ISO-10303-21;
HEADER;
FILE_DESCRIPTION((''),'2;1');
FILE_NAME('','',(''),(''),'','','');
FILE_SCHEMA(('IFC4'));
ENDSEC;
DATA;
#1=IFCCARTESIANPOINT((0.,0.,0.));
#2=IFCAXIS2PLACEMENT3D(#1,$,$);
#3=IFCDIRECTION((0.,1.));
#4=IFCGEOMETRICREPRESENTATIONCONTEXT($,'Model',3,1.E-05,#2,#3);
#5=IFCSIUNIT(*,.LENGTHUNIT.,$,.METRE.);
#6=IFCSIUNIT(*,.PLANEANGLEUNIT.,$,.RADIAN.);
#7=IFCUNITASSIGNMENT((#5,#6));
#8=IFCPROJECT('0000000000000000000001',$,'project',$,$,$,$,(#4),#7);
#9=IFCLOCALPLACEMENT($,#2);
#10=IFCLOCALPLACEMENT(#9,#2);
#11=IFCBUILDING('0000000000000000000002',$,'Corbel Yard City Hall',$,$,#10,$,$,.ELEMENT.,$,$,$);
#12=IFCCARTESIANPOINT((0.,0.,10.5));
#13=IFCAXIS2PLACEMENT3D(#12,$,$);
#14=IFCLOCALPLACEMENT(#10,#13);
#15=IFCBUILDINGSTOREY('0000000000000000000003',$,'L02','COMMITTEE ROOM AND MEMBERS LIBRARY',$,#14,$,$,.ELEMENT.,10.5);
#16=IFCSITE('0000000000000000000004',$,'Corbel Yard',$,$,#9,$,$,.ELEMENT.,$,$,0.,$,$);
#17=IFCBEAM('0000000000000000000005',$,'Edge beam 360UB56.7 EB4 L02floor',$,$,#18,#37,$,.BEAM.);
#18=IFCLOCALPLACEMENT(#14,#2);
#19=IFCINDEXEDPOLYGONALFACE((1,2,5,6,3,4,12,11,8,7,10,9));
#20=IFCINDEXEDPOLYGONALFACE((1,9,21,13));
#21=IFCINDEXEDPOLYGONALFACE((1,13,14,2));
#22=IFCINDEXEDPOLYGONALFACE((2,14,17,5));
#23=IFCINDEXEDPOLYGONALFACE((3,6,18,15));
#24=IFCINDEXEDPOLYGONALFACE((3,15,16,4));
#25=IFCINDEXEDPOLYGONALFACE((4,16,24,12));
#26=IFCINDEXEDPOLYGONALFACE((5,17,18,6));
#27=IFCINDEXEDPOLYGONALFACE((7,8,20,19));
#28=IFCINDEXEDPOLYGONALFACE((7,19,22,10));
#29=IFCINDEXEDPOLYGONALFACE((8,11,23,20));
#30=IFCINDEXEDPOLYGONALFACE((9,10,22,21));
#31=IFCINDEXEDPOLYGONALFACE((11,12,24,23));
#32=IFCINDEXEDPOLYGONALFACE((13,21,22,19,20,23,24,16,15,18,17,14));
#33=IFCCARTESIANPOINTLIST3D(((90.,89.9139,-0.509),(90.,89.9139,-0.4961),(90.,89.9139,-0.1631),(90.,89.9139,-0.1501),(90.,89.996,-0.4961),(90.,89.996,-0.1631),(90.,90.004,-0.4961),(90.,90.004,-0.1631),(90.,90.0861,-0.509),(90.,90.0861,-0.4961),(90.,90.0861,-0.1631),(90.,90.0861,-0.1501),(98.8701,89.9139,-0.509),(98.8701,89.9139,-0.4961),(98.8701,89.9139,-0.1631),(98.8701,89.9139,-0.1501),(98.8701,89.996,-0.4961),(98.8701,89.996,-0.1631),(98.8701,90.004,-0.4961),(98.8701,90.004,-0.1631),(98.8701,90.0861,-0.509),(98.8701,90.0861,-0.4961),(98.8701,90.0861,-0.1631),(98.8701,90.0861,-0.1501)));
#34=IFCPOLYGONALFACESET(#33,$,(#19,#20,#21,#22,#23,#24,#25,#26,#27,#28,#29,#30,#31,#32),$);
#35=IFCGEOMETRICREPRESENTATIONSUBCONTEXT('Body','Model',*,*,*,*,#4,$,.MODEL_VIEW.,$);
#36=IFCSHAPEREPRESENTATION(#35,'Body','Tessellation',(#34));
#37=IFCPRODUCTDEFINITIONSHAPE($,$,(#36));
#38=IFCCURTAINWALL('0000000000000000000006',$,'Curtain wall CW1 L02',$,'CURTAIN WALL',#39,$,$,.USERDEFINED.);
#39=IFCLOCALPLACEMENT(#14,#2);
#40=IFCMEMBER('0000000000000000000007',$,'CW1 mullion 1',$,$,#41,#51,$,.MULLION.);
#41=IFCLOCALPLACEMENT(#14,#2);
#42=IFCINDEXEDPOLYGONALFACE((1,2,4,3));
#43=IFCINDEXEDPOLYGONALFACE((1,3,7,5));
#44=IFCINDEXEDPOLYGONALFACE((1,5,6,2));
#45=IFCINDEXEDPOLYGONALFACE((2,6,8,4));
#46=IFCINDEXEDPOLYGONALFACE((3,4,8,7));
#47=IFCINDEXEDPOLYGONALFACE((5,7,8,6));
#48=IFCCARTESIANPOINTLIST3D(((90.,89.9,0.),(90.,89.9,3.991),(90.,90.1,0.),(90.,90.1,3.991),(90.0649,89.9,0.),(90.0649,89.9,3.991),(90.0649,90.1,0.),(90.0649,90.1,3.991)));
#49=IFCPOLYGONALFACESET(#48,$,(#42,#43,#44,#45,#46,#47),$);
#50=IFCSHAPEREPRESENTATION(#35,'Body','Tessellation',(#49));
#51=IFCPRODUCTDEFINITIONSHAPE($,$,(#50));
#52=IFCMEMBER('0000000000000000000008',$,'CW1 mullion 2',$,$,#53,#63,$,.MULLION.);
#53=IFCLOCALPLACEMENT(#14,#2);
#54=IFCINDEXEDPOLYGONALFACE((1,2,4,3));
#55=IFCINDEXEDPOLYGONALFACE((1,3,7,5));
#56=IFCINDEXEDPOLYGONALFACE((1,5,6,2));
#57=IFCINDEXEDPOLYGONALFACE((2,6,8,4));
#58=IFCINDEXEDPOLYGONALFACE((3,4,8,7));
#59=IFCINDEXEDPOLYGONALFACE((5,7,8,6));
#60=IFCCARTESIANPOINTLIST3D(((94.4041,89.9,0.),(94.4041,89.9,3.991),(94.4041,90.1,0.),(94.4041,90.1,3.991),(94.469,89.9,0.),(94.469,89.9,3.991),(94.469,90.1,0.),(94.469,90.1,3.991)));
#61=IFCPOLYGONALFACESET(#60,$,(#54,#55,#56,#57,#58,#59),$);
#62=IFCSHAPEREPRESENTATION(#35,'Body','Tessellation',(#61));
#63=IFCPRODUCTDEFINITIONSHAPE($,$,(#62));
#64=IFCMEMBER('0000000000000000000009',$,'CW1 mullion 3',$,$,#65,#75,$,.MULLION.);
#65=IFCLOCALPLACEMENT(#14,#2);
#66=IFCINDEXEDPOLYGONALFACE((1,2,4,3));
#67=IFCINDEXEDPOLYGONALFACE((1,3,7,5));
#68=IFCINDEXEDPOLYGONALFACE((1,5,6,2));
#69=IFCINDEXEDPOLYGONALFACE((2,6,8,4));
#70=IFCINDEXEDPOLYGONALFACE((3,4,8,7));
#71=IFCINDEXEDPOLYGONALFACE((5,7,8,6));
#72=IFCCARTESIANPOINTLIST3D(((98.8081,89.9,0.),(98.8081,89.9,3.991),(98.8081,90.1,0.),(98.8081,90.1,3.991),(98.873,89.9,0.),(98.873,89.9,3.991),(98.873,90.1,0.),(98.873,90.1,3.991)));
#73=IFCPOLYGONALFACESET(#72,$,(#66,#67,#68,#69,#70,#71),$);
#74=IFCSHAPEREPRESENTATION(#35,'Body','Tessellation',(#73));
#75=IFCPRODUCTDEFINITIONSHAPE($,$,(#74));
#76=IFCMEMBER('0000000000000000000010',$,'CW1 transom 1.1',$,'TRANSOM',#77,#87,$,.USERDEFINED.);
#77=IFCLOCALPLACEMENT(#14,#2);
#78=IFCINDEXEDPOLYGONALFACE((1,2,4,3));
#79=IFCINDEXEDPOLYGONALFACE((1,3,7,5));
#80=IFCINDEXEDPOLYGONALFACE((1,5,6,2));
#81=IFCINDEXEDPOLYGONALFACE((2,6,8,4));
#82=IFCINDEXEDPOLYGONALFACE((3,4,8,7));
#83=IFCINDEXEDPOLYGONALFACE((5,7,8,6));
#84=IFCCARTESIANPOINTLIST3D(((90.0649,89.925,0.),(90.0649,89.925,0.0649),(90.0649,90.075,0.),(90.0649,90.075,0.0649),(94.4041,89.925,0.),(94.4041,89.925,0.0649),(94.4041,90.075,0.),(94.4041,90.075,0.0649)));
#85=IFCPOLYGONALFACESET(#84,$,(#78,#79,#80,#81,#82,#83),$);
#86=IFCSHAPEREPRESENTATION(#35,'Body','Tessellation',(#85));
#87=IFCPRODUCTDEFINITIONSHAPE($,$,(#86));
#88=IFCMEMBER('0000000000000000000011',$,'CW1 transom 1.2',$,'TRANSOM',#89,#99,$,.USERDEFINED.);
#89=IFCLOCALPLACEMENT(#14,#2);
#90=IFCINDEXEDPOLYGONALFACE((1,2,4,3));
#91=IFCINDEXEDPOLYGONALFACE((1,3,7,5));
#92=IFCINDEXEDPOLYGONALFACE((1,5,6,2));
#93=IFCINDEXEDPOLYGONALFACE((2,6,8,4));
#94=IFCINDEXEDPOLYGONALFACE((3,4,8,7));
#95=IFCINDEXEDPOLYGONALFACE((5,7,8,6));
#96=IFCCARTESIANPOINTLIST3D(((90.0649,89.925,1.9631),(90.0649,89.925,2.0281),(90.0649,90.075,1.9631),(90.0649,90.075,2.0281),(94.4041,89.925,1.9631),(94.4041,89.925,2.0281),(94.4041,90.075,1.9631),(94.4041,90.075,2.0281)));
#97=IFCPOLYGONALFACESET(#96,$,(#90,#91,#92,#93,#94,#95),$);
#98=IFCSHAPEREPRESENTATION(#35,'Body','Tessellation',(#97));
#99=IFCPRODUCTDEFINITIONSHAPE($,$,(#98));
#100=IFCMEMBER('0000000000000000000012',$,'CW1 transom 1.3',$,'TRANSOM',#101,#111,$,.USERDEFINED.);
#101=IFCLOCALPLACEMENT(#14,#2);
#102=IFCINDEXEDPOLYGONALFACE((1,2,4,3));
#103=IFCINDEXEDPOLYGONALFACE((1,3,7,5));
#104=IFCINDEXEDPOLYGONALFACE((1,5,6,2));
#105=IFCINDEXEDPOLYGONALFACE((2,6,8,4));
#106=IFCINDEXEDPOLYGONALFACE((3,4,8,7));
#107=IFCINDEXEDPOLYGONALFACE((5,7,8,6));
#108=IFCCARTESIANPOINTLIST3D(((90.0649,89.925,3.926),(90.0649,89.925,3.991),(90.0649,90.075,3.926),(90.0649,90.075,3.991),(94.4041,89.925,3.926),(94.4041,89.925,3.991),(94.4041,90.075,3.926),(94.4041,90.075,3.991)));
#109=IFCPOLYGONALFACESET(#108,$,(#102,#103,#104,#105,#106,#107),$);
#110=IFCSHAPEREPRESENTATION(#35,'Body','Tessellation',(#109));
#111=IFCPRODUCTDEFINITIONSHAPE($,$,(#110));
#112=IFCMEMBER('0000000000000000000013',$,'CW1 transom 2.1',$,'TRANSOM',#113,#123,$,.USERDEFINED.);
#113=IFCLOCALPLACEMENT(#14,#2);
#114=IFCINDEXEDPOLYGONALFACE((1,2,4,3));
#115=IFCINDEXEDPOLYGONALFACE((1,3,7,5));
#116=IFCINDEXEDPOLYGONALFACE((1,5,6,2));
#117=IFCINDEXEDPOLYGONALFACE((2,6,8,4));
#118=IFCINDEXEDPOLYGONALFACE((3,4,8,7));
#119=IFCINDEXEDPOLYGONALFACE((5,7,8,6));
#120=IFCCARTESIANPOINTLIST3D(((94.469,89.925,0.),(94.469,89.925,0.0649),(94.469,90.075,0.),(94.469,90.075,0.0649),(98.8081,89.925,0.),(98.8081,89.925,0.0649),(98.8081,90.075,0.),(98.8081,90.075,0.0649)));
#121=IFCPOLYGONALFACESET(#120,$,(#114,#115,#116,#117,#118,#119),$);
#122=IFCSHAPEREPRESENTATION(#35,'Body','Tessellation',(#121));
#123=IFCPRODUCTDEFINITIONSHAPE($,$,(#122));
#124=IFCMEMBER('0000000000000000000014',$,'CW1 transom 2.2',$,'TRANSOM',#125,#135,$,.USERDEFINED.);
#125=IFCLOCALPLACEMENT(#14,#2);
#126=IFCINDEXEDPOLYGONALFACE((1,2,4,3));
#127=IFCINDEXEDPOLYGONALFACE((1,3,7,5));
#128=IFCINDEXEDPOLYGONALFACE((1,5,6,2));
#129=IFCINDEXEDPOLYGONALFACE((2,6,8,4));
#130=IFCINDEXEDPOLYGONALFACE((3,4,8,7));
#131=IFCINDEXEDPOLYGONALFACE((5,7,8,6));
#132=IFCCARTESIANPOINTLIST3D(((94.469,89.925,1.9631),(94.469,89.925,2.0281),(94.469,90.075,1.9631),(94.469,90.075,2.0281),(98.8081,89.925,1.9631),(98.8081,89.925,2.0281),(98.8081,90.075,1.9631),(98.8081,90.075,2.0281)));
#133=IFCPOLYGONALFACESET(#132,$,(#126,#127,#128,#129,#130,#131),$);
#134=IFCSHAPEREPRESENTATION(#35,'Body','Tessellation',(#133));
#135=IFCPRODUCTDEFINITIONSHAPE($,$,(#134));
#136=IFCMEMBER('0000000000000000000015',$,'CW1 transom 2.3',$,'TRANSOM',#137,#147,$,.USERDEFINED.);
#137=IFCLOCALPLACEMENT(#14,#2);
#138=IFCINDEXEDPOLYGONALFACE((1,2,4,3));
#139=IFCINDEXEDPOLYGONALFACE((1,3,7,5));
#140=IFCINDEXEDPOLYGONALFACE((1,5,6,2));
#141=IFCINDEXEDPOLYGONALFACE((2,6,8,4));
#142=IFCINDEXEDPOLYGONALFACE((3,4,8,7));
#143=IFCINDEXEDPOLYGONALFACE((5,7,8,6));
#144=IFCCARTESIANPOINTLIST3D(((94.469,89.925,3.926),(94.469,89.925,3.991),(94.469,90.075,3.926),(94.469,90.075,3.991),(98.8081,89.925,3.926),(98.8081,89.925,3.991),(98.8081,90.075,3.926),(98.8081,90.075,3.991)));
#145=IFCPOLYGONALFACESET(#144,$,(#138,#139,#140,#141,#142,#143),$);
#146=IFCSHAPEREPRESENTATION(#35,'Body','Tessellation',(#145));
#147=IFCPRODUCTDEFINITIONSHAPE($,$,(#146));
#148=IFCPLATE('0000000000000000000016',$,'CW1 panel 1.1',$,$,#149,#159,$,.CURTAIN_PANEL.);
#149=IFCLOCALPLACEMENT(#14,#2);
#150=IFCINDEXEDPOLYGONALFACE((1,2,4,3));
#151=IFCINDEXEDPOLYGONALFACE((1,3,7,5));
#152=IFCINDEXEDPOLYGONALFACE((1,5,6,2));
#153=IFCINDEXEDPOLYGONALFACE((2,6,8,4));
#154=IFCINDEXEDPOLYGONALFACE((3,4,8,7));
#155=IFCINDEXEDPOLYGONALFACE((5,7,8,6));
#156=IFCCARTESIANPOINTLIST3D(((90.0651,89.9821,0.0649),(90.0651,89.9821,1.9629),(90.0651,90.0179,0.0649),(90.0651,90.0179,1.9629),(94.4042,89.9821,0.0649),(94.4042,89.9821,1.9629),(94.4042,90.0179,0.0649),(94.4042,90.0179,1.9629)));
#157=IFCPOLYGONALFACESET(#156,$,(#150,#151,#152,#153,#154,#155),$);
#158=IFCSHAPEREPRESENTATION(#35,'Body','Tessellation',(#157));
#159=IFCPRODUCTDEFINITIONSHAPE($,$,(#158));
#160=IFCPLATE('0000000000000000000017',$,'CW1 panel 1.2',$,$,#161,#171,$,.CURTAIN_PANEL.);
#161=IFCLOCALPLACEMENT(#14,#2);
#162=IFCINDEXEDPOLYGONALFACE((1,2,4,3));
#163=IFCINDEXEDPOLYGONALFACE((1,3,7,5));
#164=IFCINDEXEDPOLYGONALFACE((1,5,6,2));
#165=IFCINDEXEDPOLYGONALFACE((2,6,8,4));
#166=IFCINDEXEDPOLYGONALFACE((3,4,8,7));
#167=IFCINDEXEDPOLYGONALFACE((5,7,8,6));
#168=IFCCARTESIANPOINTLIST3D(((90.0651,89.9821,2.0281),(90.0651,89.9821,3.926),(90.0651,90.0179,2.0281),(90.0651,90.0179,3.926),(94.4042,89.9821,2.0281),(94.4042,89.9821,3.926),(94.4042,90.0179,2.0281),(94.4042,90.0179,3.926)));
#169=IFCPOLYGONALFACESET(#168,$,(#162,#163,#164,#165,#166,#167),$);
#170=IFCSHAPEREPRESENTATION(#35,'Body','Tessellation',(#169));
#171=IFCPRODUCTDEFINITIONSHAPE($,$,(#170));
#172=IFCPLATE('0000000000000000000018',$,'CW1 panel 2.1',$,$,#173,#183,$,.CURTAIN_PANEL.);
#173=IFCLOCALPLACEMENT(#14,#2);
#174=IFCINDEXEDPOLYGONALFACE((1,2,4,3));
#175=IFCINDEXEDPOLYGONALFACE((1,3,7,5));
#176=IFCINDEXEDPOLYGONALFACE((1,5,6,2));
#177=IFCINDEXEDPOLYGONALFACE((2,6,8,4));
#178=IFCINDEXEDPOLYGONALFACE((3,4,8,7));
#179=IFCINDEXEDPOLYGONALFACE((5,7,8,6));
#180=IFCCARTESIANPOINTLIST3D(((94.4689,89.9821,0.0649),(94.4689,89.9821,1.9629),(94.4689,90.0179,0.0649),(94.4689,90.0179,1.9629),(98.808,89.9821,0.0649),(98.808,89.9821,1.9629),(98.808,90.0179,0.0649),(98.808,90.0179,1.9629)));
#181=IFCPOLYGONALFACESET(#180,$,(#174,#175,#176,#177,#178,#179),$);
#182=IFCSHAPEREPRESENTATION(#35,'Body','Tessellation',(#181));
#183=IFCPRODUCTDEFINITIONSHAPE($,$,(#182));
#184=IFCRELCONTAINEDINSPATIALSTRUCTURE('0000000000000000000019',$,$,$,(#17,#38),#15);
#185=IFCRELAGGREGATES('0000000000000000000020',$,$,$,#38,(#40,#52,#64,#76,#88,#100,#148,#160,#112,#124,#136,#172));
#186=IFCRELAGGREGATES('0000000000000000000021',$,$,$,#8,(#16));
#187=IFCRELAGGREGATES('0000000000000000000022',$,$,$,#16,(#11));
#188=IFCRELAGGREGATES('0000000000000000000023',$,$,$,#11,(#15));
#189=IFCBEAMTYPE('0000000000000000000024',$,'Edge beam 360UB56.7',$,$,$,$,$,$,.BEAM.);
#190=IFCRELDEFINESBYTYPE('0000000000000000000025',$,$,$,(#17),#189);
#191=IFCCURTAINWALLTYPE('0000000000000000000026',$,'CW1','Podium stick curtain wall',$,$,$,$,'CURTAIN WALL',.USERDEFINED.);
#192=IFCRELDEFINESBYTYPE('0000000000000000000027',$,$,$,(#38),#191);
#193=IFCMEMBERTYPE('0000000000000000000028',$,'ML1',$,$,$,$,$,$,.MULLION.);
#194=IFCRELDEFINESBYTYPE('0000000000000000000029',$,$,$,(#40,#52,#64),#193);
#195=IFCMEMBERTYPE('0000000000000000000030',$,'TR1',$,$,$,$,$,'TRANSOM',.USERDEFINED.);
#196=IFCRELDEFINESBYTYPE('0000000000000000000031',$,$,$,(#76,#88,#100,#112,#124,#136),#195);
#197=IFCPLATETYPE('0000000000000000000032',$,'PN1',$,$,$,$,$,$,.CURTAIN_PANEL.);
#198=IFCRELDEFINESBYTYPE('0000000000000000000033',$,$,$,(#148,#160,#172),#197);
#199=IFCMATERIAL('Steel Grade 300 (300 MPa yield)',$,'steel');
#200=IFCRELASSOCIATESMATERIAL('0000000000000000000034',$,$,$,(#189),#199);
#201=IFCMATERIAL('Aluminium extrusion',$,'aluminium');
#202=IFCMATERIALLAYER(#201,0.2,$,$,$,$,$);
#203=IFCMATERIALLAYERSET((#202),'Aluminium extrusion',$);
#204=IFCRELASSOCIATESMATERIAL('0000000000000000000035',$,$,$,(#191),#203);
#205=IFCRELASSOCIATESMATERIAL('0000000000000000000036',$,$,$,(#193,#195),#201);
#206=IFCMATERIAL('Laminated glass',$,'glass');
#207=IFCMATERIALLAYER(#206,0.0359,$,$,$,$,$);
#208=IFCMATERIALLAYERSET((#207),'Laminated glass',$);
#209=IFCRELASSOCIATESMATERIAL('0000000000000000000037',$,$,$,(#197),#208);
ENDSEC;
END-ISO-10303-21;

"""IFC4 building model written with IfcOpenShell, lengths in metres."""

from ifc_helpers import new_model, si_unit, direction, frame, origin, origin_2d, place, context, subcontext, project, spatial, rectangle, i_section, extrude, material, layer, layer_set, material_profile, profile_set, type_object, element, aggregate, save


model = new_model("IFC4")

# Units and contexts
model_context = context("Model", 3, precision=1e-05, world=origin(), true_north=direction((0.0, 1.0)))
body_context = subcontext(model_context, "Body", "Model", "MODEL_VIEW")
ifc_project = project(units=[si_unit("LENGTHUNIT", "METRE"), si_unit("PLANEANGLEUNIT", "RADIAN")], contexts=[model_context])

# Site, building, storey
site_placement = place(None, origin())
site = spatial("IfcSite", under=ifc_project, at=site_placement, Name="Corbel Yard", CompositionType="ELEMENT", RefElevation=0.0)
building_placement = place(site_placement, origin())
building = spatial("IfcBuilding", under=site, at=building_placement, Name="Corbel Yard City Hall", CompositionType="ELEMENT")
storey_placement = place(building_placement, frame((0.0, 0.0, 10.5)))
storey = spatial("IfcBuildingStorey", under=building, at=storey_placement, Name="L02", Description="COMMITTEE ROOM AND MEMBERS LIBRARY", CompositionType="ELEMENT", Elevation=10.5)

# Beam
ifc_material_1 = material(Name="Steel Grade 300 (300 MPa yield)", Category="steel")
ifc_material_profile_1 = material_profile(ifc_material_1, i_section(OverallWidth=0.1721, OverallDepth=0.3589, WebThickness=0.0081, FlangeThickness=0.0129, at=origin_2d()), Name="360UB56.7")
ifc_profile_set_1 = profile_set([ifc_material_profile_1], Name="Steel Grade 300 (300 MPa yield)")
beam_type = type_object("IfcBeamType", Name="Edge beam 360UB56.7", PredefinedType="BEAM", material=ifc_profile_set_1)
beam_placement = place(storey_placement, frame((90.0, 90.0, -0.3296), z_axis=(1.0, 0.0, 0.0), x_axis=(0.0, 1.0, 0.0)))
element("IfcBeam", 1, at=beam_placement, inside=storey, type_object=beam_type, Name="Edge beam 360UB56.7 EB4 L02floor", PredefinedType="BEAM", context=body_context, shape_type="SweptSolid", body=[
    extrude(i_section(OverallWidth=0.1721, OverallDepth=0.3589, WebThickness=0.0081, FlangeThickness=0.0129, at=origin_2d()), origin(), (0.0, 0.0, 1.0), 8.8701),
])

# Curtain wall, members, plates
ifc_material_2 = material(Name="Aluminium extrusion", Category="aluminium")
ifc_layer_1 = layer(ifc_material_2, 0.2)
ifc_layer_set_1 = layer_set([ifc_layer_1], Name="Aluminium extrusion")
curtain_wall_type = type_object("IfcCurtainWallType", Name="CW1", Description="Podium stick curtain wall", ElementType="CURTAIN WALL", PredefinedType="USERDEFINED", material=ifc_layer_set_1)
curtain_wall_placement = place(storey_placement, origin())
curtain_wall = element("IfcCurtainWall", 2, at=curtain_wall_placement, inside=storey, type_object=curtain_wall_type, Name="Curtain wall CW1 L02", ObjectType="CURTAIN WALL", PredefinedType="USERDEFINED")
ifc_material_profile_2 = material_profile(ifc_material_2, rectangle(XDim=0.2, YDim=0.0649, at=origin_2d()), Name="200x65")
ifc_profile_set_2 = profile_set([ifc_material_profile_2], Name="Aluminium extrusion")
member_type_1 = type_object("IfcMemberType", Name="ML1", PredefinedType="MULLION", material=ifc_profile_set_2)
member_1_placement = place(storey_placement, frame((90.0325, 90.0, 0.0), z_axis=(0.0, 0.0, 1.0), x_axis=(0.0, 1.0, 0.0)))
member_1 = element("IfcMember", 3, at=member_1_placement, type_object=member_type_1, Name="CW1 mullion 1", PredefinedType="MULLION", context=body_context, shape_type="SweptSolid", body=[
    extrude(rectangle(XDim=0.2, YDim=0.0649, at=origin_2d()), origin(), (0.0, 0.0, 1.0), 3.991),
])
member_2_placement = place(storey_placement, frame((94.4365, 90.0, 0.0), z_axis=(0.0, 0.0, 1.0), x_axis=(0.0, 1.0, 0.0)))
member_2 = element("IfcMember", 4, at=member_2_placement, type_object=member_type_1, Name="CW1 mullion 2", PredefinedType="MULLION", context=body_context, shape_type="SweptSolid", body=[
    extrude(rectangle(XDim=0.2, YDim=0.0649, at=origin_2d()), origin(), (0.0, 0.0, 1.0), 3.991),
])
member_3_placement = place(storey_placement, frame((98.8406, 90.0, 0.0), z_axis=(0.0, 0.0, 1.0), x_axis=(0.0, 1.0, 0.0)))
member_3 = element("IfcMember", 5, at=member_3_placement, type_object=member_type_1, Name="CW1 mullion 3", PredefinedType="MULLION", context=body_context, shape_type="SweptSolid", body=[
    extrude(rectangle(XDim=0.2, YDim=0.0649, at=origin_2d()), origin(), (0.0, 0.0, 1.0), 3.991),
])
ifc_material_profile_3 = material_profile(ifc_material_2, rectangle(XDim=0.1499, YDim=0.0649, at=origin_2d()), Name="150x65")
ifc_profile_set_3 = profile_set([ifc_material_profile_3], Name="Aluminium extrusion")
member_type_2 = type_object("IfcMemberType", Name="TR1", ElementType="TRANSOM", PredefinedType="USERDEFINED", material=ifc_profile_set_3)
member_4_placement = place(storey_placement, frame((90.0649, 90.0, 0.0325), z_axis=(1.0, 0.0, 0.0), x_axis=(0.0, 1.0, 0.0)))
member_4 = element("IfcMember", 6, at=member_4_placement, type_object=member_type_2, Name="CW1 transom 1.1", ObjectType="TRANSOM", PredefinedType="USERDEFINED", context=body_context, shape_type="SweptSolid", body=[
    extrude(rectangle(XDim=0.1499, YDim=0.0649, at=origin_2d()), origin(), (0.0, 0.0, 1.0), 4.3391),
])
member_5_placement = place(storey_placement, frame((90.0649, 90.0, 1.9956), z_axis=(1.0, 0.0, 0.0), x_axis=(0.0, 1.0, 0.0)))
member_5 = element("IfcMember", 7, at=member_5_placement, type_object=member_type_2, Name="CW1 transom 1.2", ObjectType="TRANSOM", PredefinedType="USERDEFINED", context=body_context, shape_type="SweptSolid", body=[
    extrude(rectangle(XDim=0.1499, YDim=0.0649, at=origin_2d()), origin(), (0.0, 0.0, 1.0), 4.3391),
])
member_6_placement = place(storey_placement, frame((90.0649, 90.0, 3.9585), z_axis=(1.0, 0.0, 0.0), x_axis=(0.0, 1.0, 0.0)))
member_6 = element("IfcMember", 8, at=member_6_placement, type_object=member_type_2, Name="CW1 transom 1.3", ObjectType="TRANSOM", PredefinedType="USERDEFINED", context=body_context, shape_type="SweptSolid", body=[
    extrude(rectangle(XDim=0.1499, YDim=0.0649, at=origin_2d()), origin(), (0.0, 0.0, 1.0), 4.3391),
])
member_7_placement = place(storey_placement, frame((94.469, 90.0, 0.0325), z_axis=(1.0, 0.0, 0.0), x_axis=(0.0, 1.0, 0.0)))
member_7 = element("IfcMember", 9, at=member_7_placement, type_object=member_type_2, Name="CW1 transom 2.1", ObjectType="TRANSOM", PredefinedType="USERDEFINED", context=body_context, shape_type="SweptSolid", body=[
    extrude(rectangle(XDim=0.1499, YDim=0.0649, at=origin_2d()), origin(), (0.0, 0.0, 1.0), 4.3391),
])
member_8_placement = place(storey_placement, frame((94.469, 90.0, 1.9956), z_axis=(1.0, 0.0, 0.0), x_axis=(0.0, 1.0, 0.0)))
member_8 = element("IfcMember", 10, at=member_8_placement, type_object=member_type_2, Name="CW1 transom 2.2", ObjectType="TRANSOM", PredefinedType="USERDEFINED", context=body_context, shape_type="SweptSolid", body=[
    extrude(rectangle(XDim=0.1499, YDim=0.0649, at=origin_2d()), origin(), (0.0, 0.0, 1.0), 4.3391),
])
member_9_placement = place(storey_placement, frame((94.469, 90.0, 3.9585), z_axis=(1.0, 0.0, 0.0), x_axis=(0.0, 1.0, 0.0)))
member_9 = element("IfcMember", 11, at=member_9_placement, type_object=member_type_2, Name="CW1 transom 2.3", ObjectType="TRANSOM", PredefinedType="USERDEFINED", context=body_context, shape_type="SweptSolid", body=[
    extrude(rectangle(XDim=0.1499, YDim=0.0649, at=origin_2d()), origin(), (0.0, 0.0, 1.0), 4.3391),
])
ifc_material_3 = material(Name="Laminated glass", Category="glass")
ifc_layer_2 = layer(ifc_material_3, 0.0359)
ifc_layer_set_2 = layer_set([ifc_layer_2], Name="Laminated glass")
plate_type = type_object("IfcPlateType", Name="PN1", PredefinedType="CURTAIN_PANEL", material=ifc_layer_set_2)
plate_1_placement = place(storey_placement, frame((92.2346, 90.0, 0.0649), z_axis=(0.0, 0.0, 1.0), x_axis=(1.0, 0.0, 0.0)))
plate_1 = element("IfcPlate", 12, at=plate_1_placement, type_object=plate_type, Name="CW1 panel 1.1", PredefinedType="CURTAIN_PANEL", context=body_context, shape_type="SweptSolid", body=[
    extrude(rectangle(XDim=4.3391, YDim=0.0359, at=origin_2d()), origin(), (0.0, 0.0, 1.0), 1.8979),
])
plate_2_placement = place(storey_placement, frame((92.2346, 90.0, 2.0281), z_axis=(0.0, 0.0, 1.0), x_axis=(1.0, 0.0, 0.0)))
plate_2 = element("IfcPlate", 13, at=plate_2_placement, type_object=plate_type, Name="CW1 panel 1.2", PredefinedType="CURTAIN_PANEL", context=body_context, shape_type="SweptSolid", body=[
    extrude(rectangle(XDim=4.3391, YDim=0.0359, at=origin_2d()), origin(), (0.0, 0.0, 1.0), 1.8979),
])
plate_3_placement = place(storey_placement, frame((96.6384, 90.0, 0.0649), z_axis=(0.0, 0.0, 1.0), x_axis=(1.0, 0.0, 0.0)))
plate_3 = element("IfcPlate", 14, at=plate_3_placement, type_object=plate_type, Name="CW1 panel 2.1", PredefinedType="CURTAIN_PANEL", context=body_context, shape_type="SweptSolid", body=[
    extrude(rectangle(XDim=4.3391, YDim=0.0359, at=origin_2d()), origin(), (0.0, 0.0, 1.0), 1.8979),
])
aggregate(curtain_wall, [member_1, member_2, member_3, member_4, member_5, member_6, plate_1, plate_2, member_7, member_8, member_9, plate_3])

save(model, "model.ifc")
